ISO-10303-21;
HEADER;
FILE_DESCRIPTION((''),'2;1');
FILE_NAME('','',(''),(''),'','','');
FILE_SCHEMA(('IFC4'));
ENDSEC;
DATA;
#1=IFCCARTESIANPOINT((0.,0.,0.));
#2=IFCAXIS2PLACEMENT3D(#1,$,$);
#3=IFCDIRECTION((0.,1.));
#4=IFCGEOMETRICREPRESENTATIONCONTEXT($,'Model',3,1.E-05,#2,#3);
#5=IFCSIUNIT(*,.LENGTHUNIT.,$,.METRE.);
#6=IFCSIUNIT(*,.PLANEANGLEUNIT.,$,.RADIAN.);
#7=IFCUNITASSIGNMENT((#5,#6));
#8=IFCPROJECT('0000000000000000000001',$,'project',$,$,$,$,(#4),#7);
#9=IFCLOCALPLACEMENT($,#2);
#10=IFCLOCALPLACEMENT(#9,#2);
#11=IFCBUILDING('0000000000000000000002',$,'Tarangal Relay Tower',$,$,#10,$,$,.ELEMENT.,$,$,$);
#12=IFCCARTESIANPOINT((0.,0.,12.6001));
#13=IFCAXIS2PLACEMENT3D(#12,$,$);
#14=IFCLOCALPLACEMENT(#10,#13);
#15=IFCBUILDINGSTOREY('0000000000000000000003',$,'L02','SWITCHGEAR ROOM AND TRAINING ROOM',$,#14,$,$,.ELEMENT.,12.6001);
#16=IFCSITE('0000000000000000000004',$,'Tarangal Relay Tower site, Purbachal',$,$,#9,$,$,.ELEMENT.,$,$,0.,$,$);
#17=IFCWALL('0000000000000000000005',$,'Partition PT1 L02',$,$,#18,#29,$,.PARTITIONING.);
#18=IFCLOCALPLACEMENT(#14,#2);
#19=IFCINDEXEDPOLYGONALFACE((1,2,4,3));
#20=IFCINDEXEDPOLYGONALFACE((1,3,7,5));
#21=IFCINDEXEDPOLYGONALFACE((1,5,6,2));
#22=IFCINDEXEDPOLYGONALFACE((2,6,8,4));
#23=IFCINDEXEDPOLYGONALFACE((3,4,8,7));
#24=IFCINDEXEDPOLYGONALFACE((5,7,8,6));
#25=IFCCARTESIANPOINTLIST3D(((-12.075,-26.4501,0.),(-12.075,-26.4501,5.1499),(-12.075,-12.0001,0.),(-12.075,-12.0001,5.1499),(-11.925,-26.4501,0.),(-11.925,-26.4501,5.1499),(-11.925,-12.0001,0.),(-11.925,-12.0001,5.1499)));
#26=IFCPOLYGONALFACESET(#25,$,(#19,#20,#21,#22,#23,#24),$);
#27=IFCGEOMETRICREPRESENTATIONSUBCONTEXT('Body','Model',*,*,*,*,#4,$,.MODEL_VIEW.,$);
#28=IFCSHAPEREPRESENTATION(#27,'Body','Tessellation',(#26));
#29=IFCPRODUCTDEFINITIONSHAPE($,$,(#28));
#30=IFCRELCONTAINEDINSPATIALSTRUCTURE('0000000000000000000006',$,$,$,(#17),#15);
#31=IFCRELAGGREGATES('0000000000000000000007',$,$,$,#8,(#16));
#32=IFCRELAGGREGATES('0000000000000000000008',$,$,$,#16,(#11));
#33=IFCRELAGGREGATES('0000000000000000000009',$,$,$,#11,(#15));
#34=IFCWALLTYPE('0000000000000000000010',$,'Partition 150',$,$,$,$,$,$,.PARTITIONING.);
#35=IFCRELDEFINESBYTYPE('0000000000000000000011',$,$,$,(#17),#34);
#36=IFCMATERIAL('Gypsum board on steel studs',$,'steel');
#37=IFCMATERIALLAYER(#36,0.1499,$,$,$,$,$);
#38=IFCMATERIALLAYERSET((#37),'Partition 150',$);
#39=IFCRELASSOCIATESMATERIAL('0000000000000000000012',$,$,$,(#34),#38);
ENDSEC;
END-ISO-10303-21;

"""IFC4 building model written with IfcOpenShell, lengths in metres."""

from ifc_helpers import new_model, si_unit, direction, frame, frame_2d, origin, place, context, subcontext, project, spatial, rectangle, extrude, material, layer, layer_set, type_object, element, save


model = new_model("IFC4")

# Units and contexts
model_context = context("Model", 3, precision=1e-05, world=origin(), true_north=direction((0.0, 1.0)))
body_context = subcontext(model_context, "Body", "Model", "MODEL_VIEW")
ifc_project = project(units=[si_unit("LENGTHUNIT", "METRE"), si_unit("PLANEANGLEUNIT", "RADIAN")], contexts=[model_context])

# Site, building, storey
site_placement = place(None, origin())
site = spatial("IfcSite", under=ifc_project, at=site_placement, Name="Tarangal Relay Tower site, Purbachal", CompositionType="ELEMENT", RefElevation=0.0)
building_placement = place(site_placement, origin())
building = spatial("IfcBuilding", under=site, at=building_placement, Name="Tarangal Relay Tower", CompositionType="ELEMENT")
storey_placement = place(building_placement, frame((0.0, 0.0, 12.6001)))
storey = spatial("IfcBuildingStorey", under=building, at=storey_placement, Name="L02", Description="SWITCHGEAR ROOM AND TRAINING ROOM", CompositionType="ELEMENT", Elevation=12.6001)

# Wall
ifc_material_1 = material(Name="Gypsum board on steel studs", Category="steel")
ifc_layer_1 = layer(ifc_material_1, 0.1499)
ifc_layer_set_1 = layer_set([ifc_layer_1], Name="Partition 150")
wall_type = type_object("IfcWallType", Name="Partition 150", PredefinedType="PARTITIONING", material=ifc_layer_set_1)
wall_placement = place(storey_placement, frame((-12.0, -12.0, 0.0), z_axis=(0.0, 0.0, 1.0), x_axis=(0.0, -1.0, 0.0)))
element("IfcWall", 1, at=wall_placement, inside=storey, type_object=wall_type, Name="Partition PT1 L02", PredefinedType="PARTITIONING", context=body_context, shape_type="SweptSolid", body=[
    extrude(rectangle(XDim=14.45, YDim=0.1499, at=frame_2d((7.2251, 0.0))), origin(), (0.0, 0.0, 1.0), 5.1499),
])

save(model, "model.ifc")
